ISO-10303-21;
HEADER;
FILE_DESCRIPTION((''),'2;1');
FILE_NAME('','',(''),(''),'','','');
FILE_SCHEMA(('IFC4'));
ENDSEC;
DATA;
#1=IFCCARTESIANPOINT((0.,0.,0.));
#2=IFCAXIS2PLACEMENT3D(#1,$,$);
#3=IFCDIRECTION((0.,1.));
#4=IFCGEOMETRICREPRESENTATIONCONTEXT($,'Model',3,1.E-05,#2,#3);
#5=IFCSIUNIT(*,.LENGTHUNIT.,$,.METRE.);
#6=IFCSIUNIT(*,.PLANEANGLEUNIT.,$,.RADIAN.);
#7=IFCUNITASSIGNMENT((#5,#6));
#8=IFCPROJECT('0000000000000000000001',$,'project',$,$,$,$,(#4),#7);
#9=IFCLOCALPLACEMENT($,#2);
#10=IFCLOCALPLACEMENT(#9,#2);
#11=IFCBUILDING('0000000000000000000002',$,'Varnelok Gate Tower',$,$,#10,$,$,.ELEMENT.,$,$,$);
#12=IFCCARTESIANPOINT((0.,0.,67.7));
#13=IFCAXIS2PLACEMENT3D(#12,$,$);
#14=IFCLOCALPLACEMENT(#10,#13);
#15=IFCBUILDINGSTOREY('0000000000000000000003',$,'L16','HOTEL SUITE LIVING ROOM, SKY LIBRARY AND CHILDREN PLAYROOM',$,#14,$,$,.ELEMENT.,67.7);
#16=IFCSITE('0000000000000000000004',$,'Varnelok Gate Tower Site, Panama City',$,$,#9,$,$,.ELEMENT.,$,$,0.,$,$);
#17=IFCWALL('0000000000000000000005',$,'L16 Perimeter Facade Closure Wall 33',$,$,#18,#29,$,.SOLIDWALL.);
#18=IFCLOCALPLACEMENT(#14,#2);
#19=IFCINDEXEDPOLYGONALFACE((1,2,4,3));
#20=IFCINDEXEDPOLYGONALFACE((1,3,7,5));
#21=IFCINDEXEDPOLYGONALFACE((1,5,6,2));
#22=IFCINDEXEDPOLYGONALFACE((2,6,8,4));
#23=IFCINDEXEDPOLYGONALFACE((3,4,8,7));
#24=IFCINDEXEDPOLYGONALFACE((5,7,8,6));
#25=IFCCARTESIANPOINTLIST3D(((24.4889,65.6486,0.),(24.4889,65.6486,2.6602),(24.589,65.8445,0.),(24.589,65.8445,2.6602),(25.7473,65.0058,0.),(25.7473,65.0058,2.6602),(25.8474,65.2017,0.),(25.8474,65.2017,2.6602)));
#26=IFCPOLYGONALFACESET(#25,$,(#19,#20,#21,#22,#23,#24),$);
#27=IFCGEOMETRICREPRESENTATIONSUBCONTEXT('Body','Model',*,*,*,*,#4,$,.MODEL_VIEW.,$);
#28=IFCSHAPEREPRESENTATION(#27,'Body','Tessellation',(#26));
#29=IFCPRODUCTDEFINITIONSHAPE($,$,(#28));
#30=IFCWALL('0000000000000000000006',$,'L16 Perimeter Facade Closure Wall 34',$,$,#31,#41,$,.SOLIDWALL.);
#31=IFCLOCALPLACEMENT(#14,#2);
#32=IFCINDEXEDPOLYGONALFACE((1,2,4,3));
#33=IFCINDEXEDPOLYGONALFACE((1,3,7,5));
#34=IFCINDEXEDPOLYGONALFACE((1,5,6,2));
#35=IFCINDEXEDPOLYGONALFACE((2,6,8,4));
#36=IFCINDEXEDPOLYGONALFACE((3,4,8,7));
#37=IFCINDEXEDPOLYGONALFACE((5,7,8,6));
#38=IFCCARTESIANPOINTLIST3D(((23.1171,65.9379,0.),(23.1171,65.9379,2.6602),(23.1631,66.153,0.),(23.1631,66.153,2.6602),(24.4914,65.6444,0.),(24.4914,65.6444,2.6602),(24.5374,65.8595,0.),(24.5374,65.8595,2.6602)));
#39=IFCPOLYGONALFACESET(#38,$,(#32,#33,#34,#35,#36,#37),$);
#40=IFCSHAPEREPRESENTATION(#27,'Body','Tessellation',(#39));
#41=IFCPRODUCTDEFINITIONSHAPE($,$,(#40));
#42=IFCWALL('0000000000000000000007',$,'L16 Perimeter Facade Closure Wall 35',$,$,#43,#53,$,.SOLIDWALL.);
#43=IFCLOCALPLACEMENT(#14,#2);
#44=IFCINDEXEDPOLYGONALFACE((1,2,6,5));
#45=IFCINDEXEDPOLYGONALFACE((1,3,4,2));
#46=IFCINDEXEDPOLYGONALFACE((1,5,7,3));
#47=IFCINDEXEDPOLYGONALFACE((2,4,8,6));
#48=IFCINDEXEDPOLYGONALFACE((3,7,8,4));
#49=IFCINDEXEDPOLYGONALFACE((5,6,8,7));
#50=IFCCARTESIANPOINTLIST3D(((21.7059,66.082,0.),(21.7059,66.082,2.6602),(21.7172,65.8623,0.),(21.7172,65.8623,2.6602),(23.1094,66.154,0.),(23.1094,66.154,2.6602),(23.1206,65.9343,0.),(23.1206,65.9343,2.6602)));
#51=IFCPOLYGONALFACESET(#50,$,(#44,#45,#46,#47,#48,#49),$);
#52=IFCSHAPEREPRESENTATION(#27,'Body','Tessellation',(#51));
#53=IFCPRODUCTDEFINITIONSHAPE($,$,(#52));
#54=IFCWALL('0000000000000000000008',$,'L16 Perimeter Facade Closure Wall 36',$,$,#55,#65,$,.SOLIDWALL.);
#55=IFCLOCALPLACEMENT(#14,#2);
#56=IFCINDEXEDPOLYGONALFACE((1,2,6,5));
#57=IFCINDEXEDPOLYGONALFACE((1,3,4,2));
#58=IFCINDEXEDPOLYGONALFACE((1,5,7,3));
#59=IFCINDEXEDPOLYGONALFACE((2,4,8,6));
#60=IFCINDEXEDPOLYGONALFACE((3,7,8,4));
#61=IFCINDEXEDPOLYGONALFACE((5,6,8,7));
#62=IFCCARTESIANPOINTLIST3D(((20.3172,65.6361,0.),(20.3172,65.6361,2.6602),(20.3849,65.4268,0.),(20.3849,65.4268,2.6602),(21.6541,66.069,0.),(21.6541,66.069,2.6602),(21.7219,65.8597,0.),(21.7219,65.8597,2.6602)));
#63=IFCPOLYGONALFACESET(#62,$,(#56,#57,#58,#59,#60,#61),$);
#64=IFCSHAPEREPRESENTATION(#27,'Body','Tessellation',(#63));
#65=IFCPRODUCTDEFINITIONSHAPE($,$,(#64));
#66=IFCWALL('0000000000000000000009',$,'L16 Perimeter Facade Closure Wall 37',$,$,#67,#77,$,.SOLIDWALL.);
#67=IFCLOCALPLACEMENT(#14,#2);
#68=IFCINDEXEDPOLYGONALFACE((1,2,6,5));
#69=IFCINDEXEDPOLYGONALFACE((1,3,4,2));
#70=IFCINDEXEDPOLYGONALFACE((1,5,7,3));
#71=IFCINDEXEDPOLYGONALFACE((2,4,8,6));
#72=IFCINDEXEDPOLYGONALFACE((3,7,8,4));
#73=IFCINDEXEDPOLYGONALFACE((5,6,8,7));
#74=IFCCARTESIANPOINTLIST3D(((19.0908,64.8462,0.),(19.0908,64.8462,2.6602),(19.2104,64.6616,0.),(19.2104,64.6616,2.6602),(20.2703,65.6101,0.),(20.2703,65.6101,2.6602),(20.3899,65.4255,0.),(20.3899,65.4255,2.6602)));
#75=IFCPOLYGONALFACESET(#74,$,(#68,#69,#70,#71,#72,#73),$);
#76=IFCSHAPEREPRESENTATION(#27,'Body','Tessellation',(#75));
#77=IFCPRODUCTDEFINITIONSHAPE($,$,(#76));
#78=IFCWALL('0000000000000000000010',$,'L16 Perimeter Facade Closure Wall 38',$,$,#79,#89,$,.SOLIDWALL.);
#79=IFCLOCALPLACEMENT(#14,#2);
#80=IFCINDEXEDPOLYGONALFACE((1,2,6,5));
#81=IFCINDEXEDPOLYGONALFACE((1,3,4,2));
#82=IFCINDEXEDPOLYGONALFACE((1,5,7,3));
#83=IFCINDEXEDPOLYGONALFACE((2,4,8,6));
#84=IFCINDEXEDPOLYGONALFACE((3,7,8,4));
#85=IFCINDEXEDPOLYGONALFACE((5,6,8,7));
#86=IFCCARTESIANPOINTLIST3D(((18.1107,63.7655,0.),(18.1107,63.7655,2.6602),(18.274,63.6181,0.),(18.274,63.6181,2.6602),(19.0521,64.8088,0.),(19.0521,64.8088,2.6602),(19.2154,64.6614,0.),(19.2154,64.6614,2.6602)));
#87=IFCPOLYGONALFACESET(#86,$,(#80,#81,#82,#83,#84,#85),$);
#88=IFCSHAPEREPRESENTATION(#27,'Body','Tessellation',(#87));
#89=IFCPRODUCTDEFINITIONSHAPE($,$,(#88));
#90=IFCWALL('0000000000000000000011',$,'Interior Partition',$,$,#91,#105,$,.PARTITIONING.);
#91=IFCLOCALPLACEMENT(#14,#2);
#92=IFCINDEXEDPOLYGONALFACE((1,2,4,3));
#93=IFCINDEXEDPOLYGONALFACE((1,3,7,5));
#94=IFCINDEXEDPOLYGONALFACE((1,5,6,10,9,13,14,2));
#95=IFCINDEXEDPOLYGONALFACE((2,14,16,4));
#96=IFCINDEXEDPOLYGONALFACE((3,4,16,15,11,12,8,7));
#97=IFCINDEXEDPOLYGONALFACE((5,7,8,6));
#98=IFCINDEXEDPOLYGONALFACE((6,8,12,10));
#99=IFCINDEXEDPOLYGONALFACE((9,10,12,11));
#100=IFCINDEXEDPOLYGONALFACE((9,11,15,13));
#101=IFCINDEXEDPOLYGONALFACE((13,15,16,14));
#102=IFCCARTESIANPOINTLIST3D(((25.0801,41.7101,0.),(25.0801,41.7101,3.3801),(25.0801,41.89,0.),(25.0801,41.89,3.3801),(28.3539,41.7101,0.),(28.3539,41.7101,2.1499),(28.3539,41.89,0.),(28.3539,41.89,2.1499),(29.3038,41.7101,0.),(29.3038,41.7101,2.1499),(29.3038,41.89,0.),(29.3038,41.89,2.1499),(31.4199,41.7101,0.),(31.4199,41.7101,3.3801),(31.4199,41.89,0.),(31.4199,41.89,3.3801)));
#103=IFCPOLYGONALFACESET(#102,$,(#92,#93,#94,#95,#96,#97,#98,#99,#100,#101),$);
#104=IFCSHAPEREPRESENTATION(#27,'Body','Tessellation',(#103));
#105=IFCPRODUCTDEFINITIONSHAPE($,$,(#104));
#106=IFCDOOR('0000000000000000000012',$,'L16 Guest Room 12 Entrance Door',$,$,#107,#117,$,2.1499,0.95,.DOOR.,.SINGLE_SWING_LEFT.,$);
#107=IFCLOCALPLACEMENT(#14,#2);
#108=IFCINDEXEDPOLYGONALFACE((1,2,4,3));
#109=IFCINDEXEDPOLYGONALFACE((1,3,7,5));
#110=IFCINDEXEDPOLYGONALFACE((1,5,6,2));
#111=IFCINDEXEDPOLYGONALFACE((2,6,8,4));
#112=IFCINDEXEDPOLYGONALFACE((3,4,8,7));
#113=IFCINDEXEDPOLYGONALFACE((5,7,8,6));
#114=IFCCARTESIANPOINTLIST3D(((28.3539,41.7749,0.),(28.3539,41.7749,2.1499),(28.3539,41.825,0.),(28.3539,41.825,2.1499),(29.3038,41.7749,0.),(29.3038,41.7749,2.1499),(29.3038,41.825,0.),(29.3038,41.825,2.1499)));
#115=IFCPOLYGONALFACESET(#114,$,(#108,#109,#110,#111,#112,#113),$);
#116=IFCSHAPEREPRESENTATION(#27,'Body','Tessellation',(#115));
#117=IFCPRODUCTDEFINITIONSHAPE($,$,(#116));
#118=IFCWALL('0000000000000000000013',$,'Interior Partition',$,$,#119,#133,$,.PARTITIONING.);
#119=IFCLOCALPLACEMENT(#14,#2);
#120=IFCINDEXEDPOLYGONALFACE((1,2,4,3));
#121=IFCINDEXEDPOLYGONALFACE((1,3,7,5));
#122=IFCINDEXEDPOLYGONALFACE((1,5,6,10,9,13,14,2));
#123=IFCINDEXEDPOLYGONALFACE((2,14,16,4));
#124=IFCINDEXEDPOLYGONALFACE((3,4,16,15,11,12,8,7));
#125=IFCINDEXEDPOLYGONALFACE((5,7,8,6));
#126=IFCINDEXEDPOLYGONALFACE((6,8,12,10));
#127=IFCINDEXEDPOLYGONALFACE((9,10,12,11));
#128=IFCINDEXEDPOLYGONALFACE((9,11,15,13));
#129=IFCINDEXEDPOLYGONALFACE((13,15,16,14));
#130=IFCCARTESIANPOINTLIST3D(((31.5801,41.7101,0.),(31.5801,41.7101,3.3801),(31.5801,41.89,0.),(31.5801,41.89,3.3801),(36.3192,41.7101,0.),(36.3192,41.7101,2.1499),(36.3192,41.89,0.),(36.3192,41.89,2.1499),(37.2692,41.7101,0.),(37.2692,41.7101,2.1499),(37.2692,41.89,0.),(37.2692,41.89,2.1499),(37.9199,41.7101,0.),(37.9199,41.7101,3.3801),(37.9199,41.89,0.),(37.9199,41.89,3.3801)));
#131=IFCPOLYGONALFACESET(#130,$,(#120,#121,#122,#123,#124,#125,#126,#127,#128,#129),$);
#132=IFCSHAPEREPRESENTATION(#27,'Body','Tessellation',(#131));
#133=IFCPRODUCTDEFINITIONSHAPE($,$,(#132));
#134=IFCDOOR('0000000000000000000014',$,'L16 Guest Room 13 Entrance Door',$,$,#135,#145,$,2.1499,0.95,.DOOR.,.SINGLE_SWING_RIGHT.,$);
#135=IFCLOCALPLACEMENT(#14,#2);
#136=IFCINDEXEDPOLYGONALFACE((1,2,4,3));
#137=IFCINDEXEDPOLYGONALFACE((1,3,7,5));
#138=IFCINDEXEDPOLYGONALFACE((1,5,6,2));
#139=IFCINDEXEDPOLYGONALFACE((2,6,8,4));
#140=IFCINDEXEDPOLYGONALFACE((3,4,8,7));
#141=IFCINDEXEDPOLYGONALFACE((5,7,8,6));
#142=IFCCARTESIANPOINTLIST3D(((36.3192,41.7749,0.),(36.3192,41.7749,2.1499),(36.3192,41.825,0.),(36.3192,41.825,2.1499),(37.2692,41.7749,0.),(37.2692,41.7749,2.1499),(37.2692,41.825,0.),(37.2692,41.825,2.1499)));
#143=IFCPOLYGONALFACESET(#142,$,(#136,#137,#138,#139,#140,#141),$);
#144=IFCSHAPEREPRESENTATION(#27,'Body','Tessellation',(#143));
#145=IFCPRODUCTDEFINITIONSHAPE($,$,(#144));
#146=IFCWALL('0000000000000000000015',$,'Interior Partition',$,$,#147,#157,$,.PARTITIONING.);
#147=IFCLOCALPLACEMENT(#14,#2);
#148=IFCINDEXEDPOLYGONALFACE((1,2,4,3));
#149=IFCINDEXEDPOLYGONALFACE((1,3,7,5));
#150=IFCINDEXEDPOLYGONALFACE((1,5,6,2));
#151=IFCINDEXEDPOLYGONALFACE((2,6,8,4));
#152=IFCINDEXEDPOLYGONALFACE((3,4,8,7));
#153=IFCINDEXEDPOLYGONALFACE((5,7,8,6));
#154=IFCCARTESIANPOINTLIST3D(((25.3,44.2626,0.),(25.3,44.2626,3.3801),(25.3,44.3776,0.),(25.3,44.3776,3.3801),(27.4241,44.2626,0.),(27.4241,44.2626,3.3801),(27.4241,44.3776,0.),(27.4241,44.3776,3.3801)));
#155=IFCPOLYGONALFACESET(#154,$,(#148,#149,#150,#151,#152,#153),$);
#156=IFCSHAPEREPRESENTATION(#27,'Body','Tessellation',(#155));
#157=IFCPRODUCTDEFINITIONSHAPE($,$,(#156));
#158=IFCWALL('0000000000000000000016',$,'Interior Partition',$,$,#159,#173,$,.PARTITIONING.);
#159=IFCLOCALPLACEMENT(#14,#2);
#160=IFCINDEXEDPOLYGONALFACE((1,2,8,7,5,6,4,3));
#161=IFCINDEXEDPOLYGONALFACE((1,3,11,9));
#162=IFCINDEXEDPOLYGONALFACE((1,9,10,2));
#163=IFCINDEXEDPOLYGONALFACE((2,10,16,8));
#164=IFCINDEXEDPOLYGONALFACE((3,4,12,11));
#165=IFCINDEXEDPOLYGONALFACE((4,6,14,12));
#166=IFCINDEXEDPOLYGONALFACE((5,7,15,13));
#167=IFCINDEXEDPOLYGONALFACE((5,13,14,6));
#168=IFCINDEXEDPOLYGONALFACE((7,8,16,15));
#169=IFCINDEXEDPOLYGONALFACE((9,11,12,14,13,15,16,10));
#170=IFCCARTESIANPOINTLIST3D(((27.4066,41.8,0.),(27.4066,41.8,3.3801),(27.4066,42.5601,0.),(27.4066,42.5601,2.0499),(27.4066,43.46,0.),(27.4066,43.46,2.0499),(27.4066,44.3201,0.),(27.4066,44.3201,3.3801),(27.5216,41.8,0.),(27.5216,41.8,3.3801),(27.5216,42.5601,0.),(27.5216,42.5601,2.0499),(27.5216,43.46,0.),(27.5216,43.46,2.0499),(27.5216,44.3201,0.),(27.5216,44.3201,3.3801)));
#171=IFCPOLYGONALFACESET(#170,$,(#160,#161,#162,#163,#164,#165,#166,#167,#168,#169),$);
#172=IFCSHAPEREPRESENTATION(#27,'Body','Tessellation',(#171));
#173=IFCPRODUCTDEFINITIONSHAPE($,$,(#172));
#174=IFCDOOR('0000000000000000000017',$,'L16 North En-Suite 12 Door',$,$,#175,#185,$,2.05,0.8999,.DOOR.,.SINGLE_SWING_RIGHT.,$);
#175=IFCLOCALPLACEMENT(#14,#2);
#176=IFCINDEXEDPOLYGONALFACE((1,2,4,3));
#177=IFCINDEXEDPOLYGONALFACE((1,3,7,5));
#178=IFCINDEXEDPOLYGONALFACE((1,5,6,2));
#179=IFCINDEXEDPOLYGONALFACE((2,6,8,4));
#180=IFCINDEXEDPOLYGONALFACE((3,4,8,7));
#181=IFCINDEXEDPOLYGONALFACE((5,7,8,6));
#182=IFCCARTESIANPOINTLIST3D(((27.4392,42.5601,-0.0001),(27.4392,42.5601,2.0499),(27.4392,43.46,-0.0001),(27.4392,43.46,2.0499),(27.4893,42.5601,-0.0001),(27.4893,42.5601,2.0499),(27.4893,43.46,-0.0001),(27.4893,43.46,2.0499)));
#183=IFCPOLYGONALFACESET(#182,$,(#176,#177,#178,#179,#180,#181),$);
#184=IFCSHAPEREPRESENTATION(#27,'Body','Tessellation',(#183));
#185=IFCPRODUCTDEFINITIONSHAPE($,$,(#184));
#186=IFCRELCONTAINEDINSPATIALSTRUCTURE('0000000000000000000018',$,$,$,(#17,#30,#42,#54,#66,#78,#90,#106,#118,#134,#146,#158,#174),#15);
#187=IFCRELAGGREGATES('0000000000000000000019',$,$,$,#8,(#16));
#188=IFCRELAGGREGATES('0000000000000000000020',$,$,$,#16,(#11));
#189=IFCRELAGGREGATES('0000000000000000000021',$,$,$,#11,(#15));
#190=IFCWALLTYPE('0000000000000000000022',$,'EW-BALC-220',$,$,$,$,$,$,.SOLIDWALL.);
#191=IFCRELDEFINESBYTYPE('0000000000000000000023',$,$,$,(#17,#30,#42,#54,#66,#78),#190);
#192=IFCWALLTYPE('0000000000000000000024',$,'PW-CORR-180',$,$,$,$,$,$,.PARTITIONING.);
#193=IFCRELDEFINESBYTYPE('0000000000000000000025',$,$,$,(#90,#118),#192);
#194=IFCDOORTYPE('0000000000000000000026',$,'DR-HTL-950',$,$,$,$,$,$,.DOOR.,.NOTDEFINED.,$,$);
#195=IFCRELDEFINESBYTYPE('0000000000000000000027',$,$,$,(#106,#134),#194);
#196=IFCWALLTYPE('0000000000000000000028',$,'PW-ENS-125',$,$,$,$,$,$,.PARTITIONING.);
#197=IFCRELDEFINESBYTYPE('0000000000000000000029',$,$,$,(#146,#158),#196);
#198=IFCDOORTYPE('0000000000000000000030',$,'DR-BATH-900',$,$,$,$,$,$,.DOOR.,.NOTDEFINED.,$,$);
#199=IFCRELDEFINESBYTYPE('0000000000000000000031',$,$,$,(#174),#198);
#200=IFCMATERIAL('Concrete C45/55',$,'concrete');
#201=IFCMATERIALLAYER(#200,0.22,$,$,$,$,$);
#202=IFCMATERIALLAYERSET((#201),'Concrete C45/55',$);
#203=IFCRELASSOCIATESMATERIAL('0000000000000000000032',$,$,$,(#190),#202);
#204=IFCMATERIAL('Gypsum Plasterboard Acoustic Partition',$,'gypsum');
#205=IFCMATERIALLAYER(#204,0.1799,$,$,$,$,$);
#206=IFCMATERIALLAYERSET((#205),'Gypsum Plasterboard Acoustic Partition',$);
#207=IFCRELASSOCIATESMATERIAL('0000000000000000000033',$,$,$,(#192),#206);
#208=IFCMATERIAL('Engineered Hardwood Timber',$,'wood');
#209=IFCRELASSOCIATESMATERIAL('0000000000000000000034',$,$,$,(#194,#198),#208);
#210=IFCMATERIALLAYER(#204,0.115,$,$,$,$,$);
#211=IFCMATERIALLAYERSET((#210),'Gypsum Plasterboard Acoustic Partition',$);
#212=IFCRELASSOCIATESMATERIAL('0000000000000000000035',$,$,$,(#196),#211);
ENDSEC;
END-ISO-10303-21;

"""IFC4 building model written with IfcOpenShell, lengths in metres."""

from ifc_helpers import new_model, si_unit, direction, frame, frame_2d, origin, place, context, subcontext, project, spatial, rectangle, extrude, material, layer, layer_set, type_object, element, fill, save


model = new_model("IFC4")

# Units and contexts
model_context = context("Model", 3, precision=1e-05, world=origin(), true_north=direction((0.0, 1.0)))
body_context = subcontext(model_context, "Body", "Model", "MODEL_VIEW")
ifc_project = project(units=[si_unit("LENGTHUNIT", "METRE"), si_unit("PLANEANGLEUNIT", "RADIAN")], contexts=[model_context])

# Site, building, storey
site_placement = place(None, origin())
site = spatial("IfcSite", under=ifc_project, at=site_placement, Name="Varnelok Gate Tower Site, Panama City", CompositionType="ELEMENT", RefElevation=0.0)
building_placement = place(site_placement, origin())
building = spatial("IfcBuilding", under=site, at=building_placement, Name="Varnelok Gate Tower", CompositionType="ELEMENT")
storey_placement = place(building_placement, frame((0.0, 0.0, 67.7)))
storey = spatial("IfcBuildingStorey", under=building, at=storey_placement, Name="L16", Description="HOTEL SUITE LIVING ROOM, SKY LIBRARY AND CHILDREN PLAYROOM", CompositionType="ELEMENT", Elevation=67.7)

# Walls
ifc_material_1 = material(Name="Concrete C45/55", Category="concrete")
ifc_layer_1 = layer(ifc_material_1, 0.22)
ifc_layer_set_1 = layer_set([ifc_layer_1], Name="Concrete C45/55")
wall_type_1 = type_object("IfcWallType", Name="EW-BALC-220", PredefinedType="SOLIDWALL", material=ifc_layer_set_1)
wall_1_placement = place(storey_placement, frame((25.7974, 65.1038, 0.0), z_axis=(0.0, 0.0, 1.0), x_axis=(-0.890559, 0.454868, 0.0)))
element("IfcWall", 1, at=wall_1_placement, inside=storey, type_object=wall_type_1, Name="L16 Perimeter Facade Closure Wall 33", PredefinedType="SOLIDWALL", context=body_context, shape_type="SweptSolid", body=[
    extrude(rectangle(XDim=1.4131, YDim=0.22, at=frame_2d((0.7065, 0.0))), origin(), (0.0, 0.0, 1.0), 2.6602),
])
for number, where, z_axis, x_axis, name in (
    (2, (24.5144, 65.752, 0.0), (0.0, 0.0, 1.0), (-0.977952, 0.208829, 0.0), "L16 Perimeter Facade Closure Wall 34"),
    (3, (23.115, 66.0442, 0.0), (0.0, 0.0, 1.0), (-0.998686, -0.051255, 0.0), "L16 Perimeter Facade Closure Wall 35"),
    (4, (21.688, 65.9644, 0.0), (0.0, 0.0, 1.0), (-0.951376, -0.308033, 0.0), "L16 Perimeter Facade Closure Wall 36"),
    (5, (20.3301, 65.5178, 0.0), (0.0, 0.0, 1.0), (-0.839328, -0.543626, 0.0), "L16 Perimeter Facade Closure Wall 37"),
    (6, (19.1338, 64.7351, 0.0), (0.0, 0.0, 1.0), (-0.669953, -0.742404, 0.0), "L16 Perimeter Facade Closure Wall 38"),
):
    element("IfcWall", number, at=place(storey_placement, frame(where, z_axis=z_axis, x_axis=x_axis)), inside=storey, type_object=wall_type_1, Name=name, PredefinedType="SOLIDWALL", context=body_context, shape_type="SweptSolid", body=[
        extrude(rectangle(XDim=1.4053, YDim=0.22, at=frame_2d((0.7026, 0.0))), origin(), (0.0, 0.0, 1.0), 2.6602),
    ])

# Walls, openings, doors
ifc_material_2 = material(Name="Gypsum Plasterboard Acoustic Partition", Category="gypsum")
ifc_layer_2 = layer(ifc_material_2, 0.1799)
ifc_layer_set_2 = layer_set([ifc_layer_2], Name="Gypsum Plasterboard Acoustic Partition")
wall_type_2 = type_object("IfcWallType", Name="PW-CORR-180", PredefinedType="PARTITIONING", material=ifc_layer_set_2)
wall_2_placement = place(storey_placement, frame((25.0801, 41.8, 0.0), z_axis=(0.0, 0.0, 1.0), x_axis=(1.0, 0.0, 0.0)))
wall_2 = element("IfcWall", 7, at=wall_2_placement, inside=storey, type_object=wall_type_2, Name="Interior Partition", PredefinedType="PARTITIONING", context=body_context, shape_type="SweptSolid", body=[
    extrude(rectangle(XDim=6.3398, YDim=0.1799, at=frame_2d((3.1699, 0.0))), origin(), (0.0, 0.0, 1.0), 3.3801),
])
opening_1_placement = place(wall_2_placement, frame((3.2737, 0.0, 0.0)))
opening_1 = element("IfcOpeningElement", 8, at=opening_1_placement, cuts=wall_2, PredefinedType="OPENING", context=body_context, shape_type="SweptSolid", body=[
    extrude(rectangle(XDim=0.95, YDim=2.1499, at=frame_2d((0.4751, 1.075))), frame((0.0, 0.0999, 0.0), z_axis=(0.0, -1.0, 0.0), x_axis=(1.0, 0.0, 0.0)), (0.0, 0.0, 1.0), 0.2),
])
ifc_material_3 = material(Name="Engineered Hardwood Timber", Category="wood")
door_type_1 = type_object("IfcDoorType", Name="DR-HTL-950", OperationType="NOTDEFINED", PredefinedType="DOOR", material=ifc_material_3)
door_1_placement = place(opening_1_placement, origin())
door_1 = element("IfcDoor", 9, at=door_1_placement, inside=storey, type_object=door_type_1, Name="L16 Guest Room 12 Entrance Door", OperationType="SINGLE_SWING_LEFT", OverallHeight=2.1499, OverallWidth=0.95, PredefinedType="DOOR", context=body_context, shape_type="SweptSolid", body=[
    extrude(rectangle(XDim=0.95, YDim=2.1499, at=frame_2d((0.4751, 1.075))), frame((0.0, 0.0249, 0.0), z_axis=(0.0, -1.0, 0.0), x_axis=(1.0, 0.0, 0.0)), (0.0, 0.0, 1.0), 0.05),
])
fill(opening_1, door_1)
wall_3_placement = place(storey_placement, frame((31.5801, 41.8, 0.0), z_axis=(0.0, 0.0, 1.0), x_axis=(1.0, 0.0, 0.0)))
wall_3 = element("IfcWall", 10, at=wall_3_placement, inside=storey, type_object=wall_type_2, Name="Interior Partition", PredefinedType="PARTITIONING", context=body_context, shape_type="SweptSolid", body=[
    extrude(rectangle(XDim=6.3398, YDim=0.1799, at=frame_2d((3.1699, 0.0))), origin(), (0.0, 0.0, 1.0), 3.3801),
])
opening_2_placement = place(wall_3_placement, frame((4.739, 0.0, 0.0)))
opening_2 = element("IfcOpeningElement", 11, at=opening_2_placement, cuts=wall_3, PredefinedType="OPENING", context=body_context, shape_type="SweptSolid", body=[
    extrude(rectangle(XDim=0.95, YDim=2.1499, at=frame_2d((0.4751, 1.075))), frame((0.0, 0.0999, 0.0), z_axis=(0.0, -1.0, 0.0), x_axis=(1.0, 0.0, 0.0)), (0.0, 0.0, 1.0), 0.2),
])
door_2_placement = place(opening_2_placement, origin())
door_2 = element("IfcDoor", 12, at=door_2_placement, inside=storey, type_object=door_type_1, Name="L16 Guest Room 13 Entrance Door", OperationType="SINGLE_SWING_RIGHT", OverallHeight=2.1499, OverallWidth=0.95, PredefinedType="DOOR", context=body_context, shape_type="SweptSolid", body=[
    extrude(rectangle(XDim=0.95, YDim=2.1499, at=frame_2d((0.4751, 1.075))), frame((0.0, 0.0249, 0.0), z_axis=(0.0, -1.0, 0.0), x_axis=(1.0, 0.0, 0.0)), (0.0, 0.0, 1.0), 0.05),
])
fill(opening_2, door_2)

# Wall
ifc_layer_3 = layer(ifc_material_2, 0.115)
ifc_layer_set_3 = layer_set([ifc_layer_3], Name="Gypsum Plasterboard Acoustic Partition")
wall_type_3 = type_object("IfcWallType", Name="PW-ENS-125", PredefinedType="PARTITIONING", material=ifc_layer_set_3)
wall_4_placement = place(storey_placement, frame((25.3, 44.3201, 0.0), z_axis=(0.0, 0.0, 1.0), x_axis=(1.0, 0.0, 0.0)))
element("IfcWall", 13, at=wall_4_placement, inside=storey, type_object=wall_type_3, Name="Interior Partition", PredefinedType="PARTITIONING", context=body_context, shape_type="SweptSolid", body=[
    extrude(rectangle(XDim=2.124, YDim=0.115, at=frame_2d((1.062, 0.0))), origin(), (0.0, 0.0, 1.0), 3.3801),
])

# Wall, opening, door
wall_5_placement = place(storey_placement, frame((27.4641, 41.8, 0.0), z_axis=(0.0, 0.0, 1.0), x_axis=(0.0, 1.0, 0.0)))
wall_5 = element("IfcWall", 14, at=wall_5_placement, inside=storey, type_object=wall_type_3, Name="Interior Partition", PredefinedType="PARTITIONING", context=body_context, shape_type="SweptSolid", body=[
    extrude(rectangle(XDim=2.52, YDim=0.115, at=frame_2d((1.26, 0.0))), origin(), (0.0, 0.0, 1.0), 3.3801),
])
opening_3_placement = place(wall_5_placement, frame((0.76, 0.0, 0.0)))
opening_3 = element("IfcOpeningElement", 15, at=opening_3_placement, cuts=wall_5, PredefinedType="OPENING", context=body_context, shape_type="SweptSolid", body=[
    extrude(rectangle(XDim=0.8999, YDim=2.05, at=frame_2d((0.45, 1.0249))), frame((0.0, 0.0674, 0.0), z_axis=(0.0, -1.0, 0.0), x_axis=(1.0, 0.0, 0.0)), (0.0, 0.0, 1.0), 0.135),
])
door_type_2 = type_object("IfcDoorType", Name="DR-BATH-900", OperationType="NOTDEFINED", PredefinedType="DOOR", material=ifc_material_3)
door_3_placement = place(opening_3_placement, origin())
door_3 = element("IfcDoor", 16, at=door_3_placement, inside=storey, type_object=door_type_2, Name="L16 North En-Suite 12 Door", OperationType="SINGLE_SWING_RIGHT", OverallHeight=2.05, OverallWidth=0.8999, PredefinedType="DOOR", context=body_context, shape_type="SweptSolid", body=[
    extrude(rectangle(XDim=0.8999, YDim=2.05, at=frame_2d((0.45, 1.0249))), frame((0.0, 0.0249, 0.0), z_axis=(0.0, -1.0, 0.0), x_axis=(1.0, 0.0, 0.0)), (0.0, 0.0, 1.0), 0.05),
])
fill(opening_3, door_3)

save(model, "model.ifc")
